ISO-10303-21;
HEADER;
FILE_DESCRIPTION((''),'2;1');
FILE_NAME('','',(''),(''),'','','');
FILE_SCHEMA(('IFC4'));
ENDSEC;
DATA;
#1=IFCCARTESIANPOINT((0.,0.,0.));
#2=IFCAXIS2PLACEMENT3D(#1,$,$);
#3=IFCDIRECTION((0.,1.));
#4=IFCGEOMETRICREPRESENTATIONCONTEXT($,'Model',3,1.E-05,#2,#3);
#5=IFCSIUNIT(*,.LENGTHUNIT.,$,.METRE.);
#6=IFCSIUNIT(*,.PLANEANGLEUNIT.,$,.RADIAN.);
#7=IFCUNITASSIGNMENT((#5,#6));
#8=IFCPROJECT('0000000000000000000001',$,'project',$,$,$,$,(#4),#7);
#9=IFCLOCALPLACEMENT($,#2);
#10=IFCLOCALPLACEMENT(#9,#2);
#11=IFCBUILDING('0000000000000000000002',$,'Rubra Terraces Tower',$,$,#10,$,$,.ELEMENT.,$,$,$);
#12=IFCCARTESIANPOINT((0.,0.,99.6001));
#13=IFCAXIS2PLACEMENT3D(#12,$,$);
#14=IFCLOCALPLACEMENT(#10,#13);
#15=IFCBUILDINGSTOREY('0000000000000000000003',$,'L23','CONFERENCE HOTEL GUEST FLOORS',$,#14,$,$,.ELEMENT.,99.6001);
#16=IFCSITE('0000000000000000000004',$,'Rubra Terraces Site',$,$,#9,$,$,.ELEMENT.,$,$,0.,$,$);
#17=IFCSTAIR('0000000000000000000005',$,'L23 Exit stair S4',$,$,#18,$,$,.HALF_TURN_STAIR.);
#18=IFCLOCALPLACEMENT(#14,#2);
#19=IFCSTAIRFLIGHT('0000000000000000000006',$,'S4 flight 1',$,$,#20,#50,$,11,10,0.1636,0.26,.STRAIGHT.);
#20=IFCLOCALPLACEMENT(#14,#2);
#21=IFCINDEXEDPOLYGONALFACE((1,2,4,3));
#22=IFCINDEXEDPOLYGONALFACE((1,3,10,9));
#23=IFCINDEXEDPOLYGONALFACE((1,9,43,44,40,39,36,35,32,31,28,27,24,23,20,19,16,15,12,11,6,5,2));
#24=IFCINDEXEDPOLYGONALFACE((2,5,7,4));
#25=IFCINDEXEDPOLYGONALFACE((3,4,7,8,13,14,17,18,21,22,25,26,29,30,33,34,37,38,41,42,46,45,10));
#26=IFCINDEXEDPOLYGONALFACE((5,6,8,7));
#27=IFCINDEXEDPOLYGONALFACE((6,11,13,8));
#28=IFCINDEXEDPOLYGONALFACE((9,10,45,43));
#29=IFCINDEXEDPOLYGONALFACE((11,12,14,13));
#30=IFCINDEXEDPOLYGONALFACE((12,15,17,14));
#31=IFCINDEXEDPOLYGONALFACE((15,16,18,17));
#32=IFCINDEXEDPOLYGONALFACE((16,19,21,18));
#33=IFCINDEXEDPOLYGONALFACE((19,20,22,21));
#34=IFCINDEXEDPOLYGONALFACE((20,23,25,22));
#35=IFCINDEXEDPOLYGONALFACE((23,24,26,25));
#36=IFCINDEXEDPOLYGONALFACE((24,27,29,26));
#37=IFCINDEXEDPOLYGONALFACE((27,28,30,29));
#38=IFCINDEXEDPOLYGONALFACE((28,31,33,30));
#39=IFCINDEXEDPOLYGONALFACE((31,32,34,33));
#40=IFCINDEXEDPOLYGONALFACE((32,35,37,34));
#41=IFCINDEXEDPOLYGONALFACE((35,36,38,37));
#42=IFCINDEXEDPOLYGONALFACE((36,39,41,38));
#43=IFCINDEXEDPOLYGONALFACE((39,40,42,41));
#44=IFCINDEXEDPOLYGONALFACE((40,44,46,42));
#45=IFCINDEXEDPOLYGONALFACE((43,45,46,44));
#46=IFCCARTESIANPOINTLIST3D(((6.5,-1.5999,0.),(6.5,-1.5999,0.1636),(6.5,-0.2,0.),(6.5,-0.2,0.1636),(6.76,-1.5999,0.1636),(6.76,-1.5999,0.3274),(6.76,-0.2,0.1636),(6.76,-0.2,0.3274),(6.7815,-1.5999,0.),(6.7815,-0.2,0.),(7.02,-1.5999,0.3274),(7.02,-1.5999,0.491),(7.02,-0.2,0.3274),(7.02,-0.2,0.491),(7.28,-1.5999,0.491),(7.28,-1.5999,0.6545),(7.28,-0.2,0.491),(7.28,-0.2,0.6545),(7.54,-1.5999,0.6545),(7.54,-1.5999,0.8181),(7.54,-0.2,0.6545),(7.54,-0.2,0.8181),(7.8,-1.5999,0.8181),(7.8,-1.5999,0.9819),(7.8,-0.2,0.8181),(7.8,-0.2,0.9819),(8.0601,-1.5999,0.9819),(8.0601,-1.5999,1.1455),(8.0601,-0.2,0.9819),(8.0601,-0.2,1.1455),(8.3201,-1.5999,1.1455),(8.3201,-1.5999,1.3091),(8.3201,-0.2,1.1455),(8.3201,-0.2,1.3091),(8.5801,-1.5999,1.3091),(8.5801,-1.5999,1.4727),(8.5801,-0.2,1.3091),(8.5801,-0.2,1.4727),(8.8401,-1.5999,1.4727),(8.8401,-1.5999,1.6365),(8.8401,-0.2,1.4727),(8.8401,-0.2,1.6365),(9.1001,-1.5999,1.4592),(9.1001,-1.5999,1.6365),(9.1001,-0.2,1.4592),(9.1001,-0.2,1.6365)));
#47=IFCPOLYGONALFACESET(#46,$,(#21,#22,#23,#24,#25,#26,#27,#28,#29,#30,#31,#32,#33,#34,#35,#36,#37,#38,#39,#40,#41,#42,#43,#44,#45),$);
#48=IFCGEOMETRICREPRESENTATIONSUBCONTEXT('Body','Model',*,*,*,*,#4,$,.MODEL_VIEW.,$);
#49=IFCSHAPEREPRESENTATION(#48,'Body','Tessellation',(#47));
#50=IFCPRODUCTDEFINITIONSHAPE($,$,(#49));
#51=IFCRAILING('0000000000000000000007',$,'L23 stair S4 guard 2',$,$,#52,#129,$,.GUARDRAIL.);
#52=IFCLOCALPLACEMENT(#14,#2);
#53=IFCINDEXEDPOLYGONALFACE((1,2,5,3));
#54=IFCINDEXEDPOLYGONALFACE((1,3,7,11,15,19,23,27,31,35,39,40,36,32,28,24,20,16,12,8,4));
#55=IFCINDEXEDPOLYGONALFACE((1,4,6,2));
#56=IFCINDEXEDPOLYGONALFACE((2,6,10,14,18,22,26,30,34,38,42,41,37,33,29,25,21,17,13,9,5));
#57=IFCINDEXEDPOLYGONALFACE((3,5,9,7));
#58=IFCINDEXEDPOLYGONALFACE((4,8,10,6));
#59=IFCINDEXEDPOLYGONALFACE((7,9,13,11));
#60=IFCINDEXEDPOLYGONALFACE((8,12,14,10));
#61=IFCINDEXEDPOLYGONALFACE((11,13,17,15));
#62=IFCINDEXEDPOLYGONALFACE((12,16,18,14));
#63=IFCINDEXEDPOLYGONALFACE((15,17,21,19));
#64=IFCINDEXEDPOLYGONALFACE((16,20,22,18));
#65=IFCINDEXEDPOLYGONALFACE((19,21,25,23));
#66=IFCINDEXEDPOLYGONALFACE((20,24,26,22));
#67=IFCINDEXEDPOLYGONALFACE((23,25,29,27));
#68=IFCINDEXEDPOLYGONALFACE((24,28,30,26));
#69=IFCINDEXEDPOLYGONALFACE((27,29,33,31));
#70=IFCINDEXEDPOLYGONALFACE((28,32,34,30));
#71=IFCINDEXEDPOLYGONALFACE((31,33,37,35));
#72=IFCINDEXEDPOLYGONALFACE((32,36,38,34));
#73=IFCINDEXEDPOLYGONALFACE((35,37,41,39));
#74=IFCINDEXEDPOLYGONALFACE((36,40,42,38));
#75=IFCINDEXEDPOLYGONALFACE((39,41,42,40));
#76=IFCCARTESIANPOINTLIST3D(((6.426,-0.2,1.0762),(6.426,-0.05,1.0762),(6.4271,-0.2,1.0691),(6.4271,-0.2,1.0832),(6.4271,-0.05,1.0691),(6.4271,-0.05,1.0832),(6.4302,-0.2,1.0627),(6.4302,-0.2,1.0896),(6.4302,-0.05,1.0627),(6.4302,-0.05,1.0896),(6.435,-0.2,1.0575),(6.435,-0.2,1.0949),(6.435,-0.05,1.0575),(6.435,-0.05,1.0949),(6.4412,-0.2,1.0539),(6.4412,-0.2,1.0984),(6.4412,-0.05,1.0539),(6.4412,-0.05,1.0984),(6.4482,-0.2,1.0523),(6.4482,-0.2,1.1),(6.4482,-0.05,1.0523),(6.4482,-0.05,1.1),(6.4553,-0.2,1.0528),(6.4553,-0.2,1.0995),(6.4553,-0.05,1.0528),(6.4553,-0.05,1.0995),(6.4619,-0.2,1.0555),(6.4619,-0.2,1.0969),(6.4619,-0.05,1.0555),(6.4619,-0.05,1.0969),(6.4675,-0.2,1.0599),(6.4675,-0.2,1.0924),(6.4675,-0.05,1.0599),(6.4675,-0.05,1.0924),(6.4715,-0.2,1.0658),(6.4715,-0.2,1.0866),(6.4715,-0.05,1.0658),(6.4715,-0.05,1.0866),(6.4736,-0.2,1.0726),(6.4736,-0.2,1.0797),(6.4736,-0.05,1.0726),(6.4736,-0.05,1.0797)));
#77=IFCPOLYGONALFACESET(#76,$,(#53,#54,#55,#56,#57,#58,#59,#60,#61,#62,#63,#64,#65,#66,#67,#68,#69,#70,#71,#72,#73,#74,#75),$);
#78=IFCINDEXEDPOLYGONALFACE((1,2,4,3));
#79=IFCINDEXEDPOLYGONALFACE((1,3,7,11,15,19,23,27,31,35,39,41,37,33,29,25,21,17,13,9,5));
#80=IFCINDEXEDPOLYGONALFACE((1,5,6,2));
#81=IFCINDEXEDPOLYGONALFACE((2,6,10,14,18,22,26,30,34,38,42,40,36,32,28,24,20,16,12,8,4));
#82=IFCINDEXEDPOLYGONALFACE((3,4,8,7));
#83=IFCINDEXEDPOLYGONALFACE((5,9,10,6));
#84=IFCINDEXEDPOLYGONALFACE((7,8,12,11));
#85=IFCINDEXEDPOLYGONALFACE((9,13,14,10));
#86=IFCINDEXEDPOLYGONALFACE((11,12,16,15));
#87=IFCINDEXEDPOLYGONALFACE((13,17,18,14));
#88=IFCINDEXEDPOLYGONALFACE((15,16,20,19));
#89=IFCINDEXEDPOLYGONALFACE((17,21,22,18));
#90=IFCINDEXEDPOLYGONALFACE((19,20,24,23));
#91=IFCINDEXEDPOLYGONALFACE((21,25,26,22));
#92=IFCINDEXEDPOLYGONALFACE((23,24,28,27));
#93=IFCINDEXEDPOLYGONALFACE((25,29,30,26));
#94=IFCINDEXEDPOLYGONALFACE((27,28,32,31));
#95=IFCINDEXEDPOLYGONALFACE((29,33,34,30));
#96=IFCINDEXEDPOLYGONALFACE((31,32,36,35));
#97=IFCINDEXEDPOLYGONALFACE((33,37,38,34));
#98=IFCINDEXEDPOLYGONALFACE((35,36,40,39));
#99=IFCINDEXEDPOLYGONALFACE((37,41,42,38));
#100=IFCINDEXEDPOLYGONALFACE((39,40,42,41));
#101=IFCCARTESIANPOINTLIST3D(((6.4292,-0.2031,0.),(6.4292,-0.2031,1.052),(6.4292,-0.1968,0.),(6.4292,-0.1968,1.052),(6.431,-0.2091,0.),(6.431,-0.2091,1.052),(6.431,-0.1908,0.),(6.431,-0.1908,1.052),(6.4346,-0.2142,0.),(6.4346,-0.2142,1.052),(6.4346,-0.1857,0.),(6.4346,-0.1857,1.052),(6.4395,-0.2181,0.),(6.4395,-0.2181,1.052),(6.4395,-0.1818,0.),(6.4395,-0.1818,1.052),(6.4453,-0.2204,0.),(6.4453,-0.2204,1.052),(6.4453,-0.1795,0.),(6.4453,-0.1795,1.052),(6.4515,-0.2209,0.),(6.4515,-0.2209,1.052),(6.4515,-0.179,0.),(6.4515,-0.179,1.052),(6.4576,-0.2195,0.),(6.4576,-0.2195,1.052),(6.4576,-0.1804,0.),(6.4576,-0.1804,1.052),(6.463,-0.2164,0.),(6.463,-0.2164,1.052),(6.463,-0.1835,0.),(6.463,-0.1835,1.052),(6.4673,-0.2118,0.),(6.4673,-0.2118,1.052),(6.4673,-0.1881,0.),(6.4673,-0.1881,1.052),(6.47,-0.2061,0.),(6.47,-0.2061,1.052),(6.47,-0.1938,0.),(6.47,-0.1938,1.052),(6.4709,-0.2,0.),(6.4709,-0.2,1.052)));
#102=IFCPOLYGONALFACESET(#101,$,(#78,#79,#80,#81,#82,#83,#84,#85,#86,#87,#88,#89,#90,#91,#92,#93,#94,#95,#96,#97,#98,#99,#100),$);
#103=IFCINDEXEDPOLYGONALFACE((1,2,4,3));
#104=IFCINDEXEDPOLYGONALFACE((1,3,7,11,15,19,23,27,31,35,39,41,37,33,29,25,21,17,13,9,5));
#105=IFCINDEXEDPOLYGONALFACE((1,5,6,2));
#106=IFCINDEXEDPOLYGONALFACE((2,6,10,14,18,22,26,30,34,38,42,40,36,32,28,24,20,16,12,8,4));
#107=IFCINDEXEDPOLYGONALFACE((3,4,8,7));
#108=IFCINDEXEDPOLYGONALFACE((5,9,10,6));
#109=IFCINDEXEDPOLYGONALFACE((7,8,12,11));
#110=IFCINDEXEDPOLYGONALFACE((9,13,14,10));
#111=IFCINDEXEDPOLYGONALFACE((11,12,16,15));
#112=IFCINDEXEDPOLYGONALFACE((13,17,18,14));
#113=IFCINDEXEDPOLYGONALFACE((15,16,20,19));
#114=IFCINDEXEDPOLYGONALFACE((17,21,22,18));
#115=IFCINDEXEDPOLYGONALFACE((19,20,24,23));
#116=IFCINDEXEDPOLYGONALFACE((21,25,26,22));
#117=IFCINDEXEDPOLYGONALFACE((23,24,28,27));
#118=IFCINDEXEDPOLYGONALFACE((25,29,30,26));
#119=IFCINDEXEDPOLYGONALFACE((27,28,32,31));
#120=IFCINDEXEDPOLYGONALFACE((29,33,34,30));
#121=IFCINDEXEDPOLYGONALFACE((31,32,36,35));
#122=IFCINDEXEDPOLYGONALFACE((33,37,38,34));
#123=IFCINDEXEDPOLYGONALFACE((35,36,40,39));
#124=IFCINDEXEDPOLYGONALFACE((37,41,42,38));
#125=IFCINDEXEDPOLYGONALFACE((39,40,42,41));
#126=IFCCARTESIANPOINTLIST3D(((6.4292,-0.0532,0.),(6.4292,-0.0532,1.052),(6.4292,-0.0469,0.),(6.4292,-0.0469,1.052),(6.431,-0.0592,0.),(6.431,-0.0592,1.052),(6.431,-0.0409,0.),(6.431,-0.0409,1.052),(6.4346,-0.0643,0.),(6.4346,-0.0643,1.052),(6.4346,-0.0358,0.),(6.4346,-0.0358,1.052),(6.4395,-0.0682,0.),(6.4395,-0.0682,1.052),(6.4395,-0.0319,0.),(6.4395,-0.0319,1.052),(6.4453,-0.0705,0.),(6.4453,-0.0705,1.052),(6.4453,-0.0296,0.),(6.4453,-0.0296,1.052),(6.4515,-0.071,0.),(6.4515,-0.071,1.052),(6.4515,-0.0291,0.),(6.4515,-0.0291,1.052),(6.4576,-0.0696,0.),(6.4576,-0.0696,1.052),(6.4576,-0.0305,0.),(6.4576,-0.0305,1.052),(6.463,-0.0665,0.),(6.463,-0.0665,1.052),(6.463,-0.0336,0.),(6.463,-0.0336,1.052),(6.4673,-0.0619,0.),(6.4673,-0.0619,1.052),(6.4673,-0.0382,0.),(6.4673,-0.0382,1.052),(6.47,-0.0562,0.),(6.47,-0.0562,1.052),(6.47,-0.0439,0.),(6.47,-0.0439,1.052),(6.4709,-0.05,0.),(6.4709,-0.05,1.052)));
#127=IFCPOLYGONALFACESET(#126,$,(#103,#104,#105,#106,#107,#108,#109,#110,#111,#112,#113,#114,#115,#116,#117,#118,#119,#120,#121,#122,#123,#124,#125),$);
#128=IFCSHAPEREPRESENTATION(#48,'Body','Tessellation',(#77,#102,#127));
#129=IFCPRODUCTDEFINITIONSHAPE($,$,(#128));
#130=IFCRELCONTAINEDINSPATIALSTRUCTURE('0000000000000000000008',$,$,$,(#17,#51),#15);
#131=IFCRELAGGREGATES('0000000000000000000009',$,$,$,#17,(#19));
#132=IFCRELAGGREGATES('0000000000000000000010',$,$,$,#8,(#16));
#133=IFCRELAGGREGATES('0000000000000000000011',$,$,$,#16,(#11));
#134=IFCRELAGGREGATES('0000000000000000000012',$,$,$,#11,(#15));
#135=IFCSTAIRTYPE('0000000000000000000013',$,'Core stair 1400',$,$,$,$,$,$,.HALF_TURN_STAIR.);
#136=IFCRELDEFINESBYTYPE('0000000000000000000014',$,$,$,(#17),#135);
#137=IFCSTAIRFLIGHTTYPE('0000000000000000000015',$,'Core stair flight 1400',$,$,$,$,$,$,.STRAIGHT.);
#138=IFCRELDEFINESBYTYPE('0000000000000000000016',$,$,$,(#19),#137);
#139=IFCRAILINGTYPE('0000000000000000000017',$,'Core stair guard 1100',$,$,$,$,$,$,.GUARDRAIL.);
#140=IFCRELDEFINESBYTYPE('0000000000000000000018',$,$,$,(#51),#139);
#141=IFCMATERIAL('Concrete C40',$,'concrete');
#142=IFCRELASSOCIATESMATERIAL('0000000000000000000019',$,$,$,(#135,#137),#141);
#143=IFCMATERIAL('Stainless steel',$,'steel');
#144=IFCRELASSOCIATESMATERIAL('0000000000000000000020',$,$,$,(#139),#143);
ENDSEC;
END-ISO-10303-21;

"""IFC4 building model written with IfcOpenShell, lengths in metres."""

from ifc_helpers import new_model, si_unit, direction, frame, origin, origin_2d, place, context, subcontext, project, spatial, polyline, circle, outline, extrude, material, type_object, element, aggregate, save


model = new_model("IFC4")

# Units and contexts
model_context = context("Model", 3, precision=1e-05, world=origin(), true_north=direction((0.0, 1.0)))
body_context = subcontext(model_context, "Body", "Model", "MODEL_VIEW")
ifc_project = project(units=[si_unit("LENGTHUNIT", "METRE"), si_unit("PLANEANGLEUNIT", "RADIAN")], contexts=[model_context])

# Site, building, storey
site_placement = place(None, origin())
site = spatial("IfcSite", under=ifc_project, at=site_placement, Name="Rubra Terraces Site", CompositionType="ELEMENT", RefElevation=0.0)
building_placement = place(site_placement, origin())
building = spatial("IfcBuilding", under=site, at=building_placement, Name="Rubra Terraces Tower", CompositionType="ELEMENT")
storey_placement = place(building_placement, frame((0.0, 0.0, 99.6001)))
storey = spatial("IfcBuildingStorey", under=building, at=storey_placement, Name="L23", Description="CONFERENCE HOTEL GUEST FLOORS", CompositionType="ELEMENT", Elevation=99.6001)

# Stair
ifc_material_1 = material(Name="Concrete C40", Category="concrete")
stair_type = type_object("IfcStairType", Name="Core stair 1400", PredefinedType="HALF_TURN_STAIR", material=ifc_material_1)
stair_1_placement = place(storey_placement, origin())
stair_1 = element("IfcStair", 1, at=stair_1_placement, inside=storey, type_object=stair_type, Name="L23 Exit stair S4", PredefinedType="HALF_TURN_STAIR")

# Stair flight
stair_flight_type = type_object("IfcStairFlightType", Name="Core stair flight 1400", PredefinedType="STRAIGHT", material=ifc_material_1)
stair_flight_placement = place(storey_placement, frame((6.5, -0.8999, 0.0), z_axis=(0.0, 0.0, 1.0), x_axis=(1.0, 0.0, 0.0)))
stair_flight = element("IfcStairFlight", 2, at=stair_flight_placement, type_object=stair_flight_type, Name="S4 flight 1", NumberOfRisers=11, NumberOfTreads=10, PredefinedType="STRAIGHT", RiserHeight=0.1636, TreadLength=0.26, context=body_context, shape_type="SweptSolid", body=[
    extrude(outline(polyline([(0.0, 0.0), (0.0, 0.1636), (0.26, 0.1636), (0.26, 0.3274), (0.52, 0.3274), (0.52, 0.491), (0.78, 0.491), (0.78, 0.6545), (1.04, 0.6545), (1.04, 0.8181), (1.3, 0.8181), (1.3, 0.9819), (1.5601, 0.9819), (1.5601, 1.1455), (1.8201, 1.1455), (1.8201, 1.3091), (2.0801, 1.3091), (2.0801, 1.4727), (2.3401, 1.4727), (2.3401, 1.6365), (2.6001, 1.6365), (2.6001, 1.8), (2.6001, 1.4592), (0.2815, 0.0), (0.0, 0.0)])), frame((0.0, 0.7, 0.0), z_axis=(0.0, -1.0, 0.0), x_axis=(1.0, 0.0, 0.0)), (0.0, 0.0, 1.0), 1.3999),
])
aggregate(stair_1, [stair_flight])

# Railing
ifc_material_2 = material(Name="Stainless steel", Category="steel")
railing_type_1 = type_object("IfcRailingType", Name="Core stair guard 1100", PredefinedType="GUARDRAIL", material=ifc_material_2)
railing_1_placement = place(storey_placement, frame((6.45, -0.2, 0.0)))
element("IfcRailing", 3, at=railing_1_placement, inside=storey, type_object=railing_type_1, Name="L23 stair S4 guard 2", PredefinedType="GUARDRAIL", context=body_context, shape_type="SweptSolid", body=[
    extrude(circle(Radius=0.0239, at=origin_2d()), frame((0.0, 0.0, 1.0762), z_axis=(0.0, 1.0, 0.0), x_axis=(-1.0, 0.0, 0.0)), (0.0, 0.0, 1.0), 0.1499),
    extrude(circle(Radius=0.021, at=origin_2d()), origin(), (0.0, 0.0, 1.0), 1.052),
    extrude(circle(Radius=0.021, at=origin_2d()), frame((0.0, 0.1499, 0.0)), (0.0, 0.0, 1.0), 1.052),
])

save(model, "model.ifc")
